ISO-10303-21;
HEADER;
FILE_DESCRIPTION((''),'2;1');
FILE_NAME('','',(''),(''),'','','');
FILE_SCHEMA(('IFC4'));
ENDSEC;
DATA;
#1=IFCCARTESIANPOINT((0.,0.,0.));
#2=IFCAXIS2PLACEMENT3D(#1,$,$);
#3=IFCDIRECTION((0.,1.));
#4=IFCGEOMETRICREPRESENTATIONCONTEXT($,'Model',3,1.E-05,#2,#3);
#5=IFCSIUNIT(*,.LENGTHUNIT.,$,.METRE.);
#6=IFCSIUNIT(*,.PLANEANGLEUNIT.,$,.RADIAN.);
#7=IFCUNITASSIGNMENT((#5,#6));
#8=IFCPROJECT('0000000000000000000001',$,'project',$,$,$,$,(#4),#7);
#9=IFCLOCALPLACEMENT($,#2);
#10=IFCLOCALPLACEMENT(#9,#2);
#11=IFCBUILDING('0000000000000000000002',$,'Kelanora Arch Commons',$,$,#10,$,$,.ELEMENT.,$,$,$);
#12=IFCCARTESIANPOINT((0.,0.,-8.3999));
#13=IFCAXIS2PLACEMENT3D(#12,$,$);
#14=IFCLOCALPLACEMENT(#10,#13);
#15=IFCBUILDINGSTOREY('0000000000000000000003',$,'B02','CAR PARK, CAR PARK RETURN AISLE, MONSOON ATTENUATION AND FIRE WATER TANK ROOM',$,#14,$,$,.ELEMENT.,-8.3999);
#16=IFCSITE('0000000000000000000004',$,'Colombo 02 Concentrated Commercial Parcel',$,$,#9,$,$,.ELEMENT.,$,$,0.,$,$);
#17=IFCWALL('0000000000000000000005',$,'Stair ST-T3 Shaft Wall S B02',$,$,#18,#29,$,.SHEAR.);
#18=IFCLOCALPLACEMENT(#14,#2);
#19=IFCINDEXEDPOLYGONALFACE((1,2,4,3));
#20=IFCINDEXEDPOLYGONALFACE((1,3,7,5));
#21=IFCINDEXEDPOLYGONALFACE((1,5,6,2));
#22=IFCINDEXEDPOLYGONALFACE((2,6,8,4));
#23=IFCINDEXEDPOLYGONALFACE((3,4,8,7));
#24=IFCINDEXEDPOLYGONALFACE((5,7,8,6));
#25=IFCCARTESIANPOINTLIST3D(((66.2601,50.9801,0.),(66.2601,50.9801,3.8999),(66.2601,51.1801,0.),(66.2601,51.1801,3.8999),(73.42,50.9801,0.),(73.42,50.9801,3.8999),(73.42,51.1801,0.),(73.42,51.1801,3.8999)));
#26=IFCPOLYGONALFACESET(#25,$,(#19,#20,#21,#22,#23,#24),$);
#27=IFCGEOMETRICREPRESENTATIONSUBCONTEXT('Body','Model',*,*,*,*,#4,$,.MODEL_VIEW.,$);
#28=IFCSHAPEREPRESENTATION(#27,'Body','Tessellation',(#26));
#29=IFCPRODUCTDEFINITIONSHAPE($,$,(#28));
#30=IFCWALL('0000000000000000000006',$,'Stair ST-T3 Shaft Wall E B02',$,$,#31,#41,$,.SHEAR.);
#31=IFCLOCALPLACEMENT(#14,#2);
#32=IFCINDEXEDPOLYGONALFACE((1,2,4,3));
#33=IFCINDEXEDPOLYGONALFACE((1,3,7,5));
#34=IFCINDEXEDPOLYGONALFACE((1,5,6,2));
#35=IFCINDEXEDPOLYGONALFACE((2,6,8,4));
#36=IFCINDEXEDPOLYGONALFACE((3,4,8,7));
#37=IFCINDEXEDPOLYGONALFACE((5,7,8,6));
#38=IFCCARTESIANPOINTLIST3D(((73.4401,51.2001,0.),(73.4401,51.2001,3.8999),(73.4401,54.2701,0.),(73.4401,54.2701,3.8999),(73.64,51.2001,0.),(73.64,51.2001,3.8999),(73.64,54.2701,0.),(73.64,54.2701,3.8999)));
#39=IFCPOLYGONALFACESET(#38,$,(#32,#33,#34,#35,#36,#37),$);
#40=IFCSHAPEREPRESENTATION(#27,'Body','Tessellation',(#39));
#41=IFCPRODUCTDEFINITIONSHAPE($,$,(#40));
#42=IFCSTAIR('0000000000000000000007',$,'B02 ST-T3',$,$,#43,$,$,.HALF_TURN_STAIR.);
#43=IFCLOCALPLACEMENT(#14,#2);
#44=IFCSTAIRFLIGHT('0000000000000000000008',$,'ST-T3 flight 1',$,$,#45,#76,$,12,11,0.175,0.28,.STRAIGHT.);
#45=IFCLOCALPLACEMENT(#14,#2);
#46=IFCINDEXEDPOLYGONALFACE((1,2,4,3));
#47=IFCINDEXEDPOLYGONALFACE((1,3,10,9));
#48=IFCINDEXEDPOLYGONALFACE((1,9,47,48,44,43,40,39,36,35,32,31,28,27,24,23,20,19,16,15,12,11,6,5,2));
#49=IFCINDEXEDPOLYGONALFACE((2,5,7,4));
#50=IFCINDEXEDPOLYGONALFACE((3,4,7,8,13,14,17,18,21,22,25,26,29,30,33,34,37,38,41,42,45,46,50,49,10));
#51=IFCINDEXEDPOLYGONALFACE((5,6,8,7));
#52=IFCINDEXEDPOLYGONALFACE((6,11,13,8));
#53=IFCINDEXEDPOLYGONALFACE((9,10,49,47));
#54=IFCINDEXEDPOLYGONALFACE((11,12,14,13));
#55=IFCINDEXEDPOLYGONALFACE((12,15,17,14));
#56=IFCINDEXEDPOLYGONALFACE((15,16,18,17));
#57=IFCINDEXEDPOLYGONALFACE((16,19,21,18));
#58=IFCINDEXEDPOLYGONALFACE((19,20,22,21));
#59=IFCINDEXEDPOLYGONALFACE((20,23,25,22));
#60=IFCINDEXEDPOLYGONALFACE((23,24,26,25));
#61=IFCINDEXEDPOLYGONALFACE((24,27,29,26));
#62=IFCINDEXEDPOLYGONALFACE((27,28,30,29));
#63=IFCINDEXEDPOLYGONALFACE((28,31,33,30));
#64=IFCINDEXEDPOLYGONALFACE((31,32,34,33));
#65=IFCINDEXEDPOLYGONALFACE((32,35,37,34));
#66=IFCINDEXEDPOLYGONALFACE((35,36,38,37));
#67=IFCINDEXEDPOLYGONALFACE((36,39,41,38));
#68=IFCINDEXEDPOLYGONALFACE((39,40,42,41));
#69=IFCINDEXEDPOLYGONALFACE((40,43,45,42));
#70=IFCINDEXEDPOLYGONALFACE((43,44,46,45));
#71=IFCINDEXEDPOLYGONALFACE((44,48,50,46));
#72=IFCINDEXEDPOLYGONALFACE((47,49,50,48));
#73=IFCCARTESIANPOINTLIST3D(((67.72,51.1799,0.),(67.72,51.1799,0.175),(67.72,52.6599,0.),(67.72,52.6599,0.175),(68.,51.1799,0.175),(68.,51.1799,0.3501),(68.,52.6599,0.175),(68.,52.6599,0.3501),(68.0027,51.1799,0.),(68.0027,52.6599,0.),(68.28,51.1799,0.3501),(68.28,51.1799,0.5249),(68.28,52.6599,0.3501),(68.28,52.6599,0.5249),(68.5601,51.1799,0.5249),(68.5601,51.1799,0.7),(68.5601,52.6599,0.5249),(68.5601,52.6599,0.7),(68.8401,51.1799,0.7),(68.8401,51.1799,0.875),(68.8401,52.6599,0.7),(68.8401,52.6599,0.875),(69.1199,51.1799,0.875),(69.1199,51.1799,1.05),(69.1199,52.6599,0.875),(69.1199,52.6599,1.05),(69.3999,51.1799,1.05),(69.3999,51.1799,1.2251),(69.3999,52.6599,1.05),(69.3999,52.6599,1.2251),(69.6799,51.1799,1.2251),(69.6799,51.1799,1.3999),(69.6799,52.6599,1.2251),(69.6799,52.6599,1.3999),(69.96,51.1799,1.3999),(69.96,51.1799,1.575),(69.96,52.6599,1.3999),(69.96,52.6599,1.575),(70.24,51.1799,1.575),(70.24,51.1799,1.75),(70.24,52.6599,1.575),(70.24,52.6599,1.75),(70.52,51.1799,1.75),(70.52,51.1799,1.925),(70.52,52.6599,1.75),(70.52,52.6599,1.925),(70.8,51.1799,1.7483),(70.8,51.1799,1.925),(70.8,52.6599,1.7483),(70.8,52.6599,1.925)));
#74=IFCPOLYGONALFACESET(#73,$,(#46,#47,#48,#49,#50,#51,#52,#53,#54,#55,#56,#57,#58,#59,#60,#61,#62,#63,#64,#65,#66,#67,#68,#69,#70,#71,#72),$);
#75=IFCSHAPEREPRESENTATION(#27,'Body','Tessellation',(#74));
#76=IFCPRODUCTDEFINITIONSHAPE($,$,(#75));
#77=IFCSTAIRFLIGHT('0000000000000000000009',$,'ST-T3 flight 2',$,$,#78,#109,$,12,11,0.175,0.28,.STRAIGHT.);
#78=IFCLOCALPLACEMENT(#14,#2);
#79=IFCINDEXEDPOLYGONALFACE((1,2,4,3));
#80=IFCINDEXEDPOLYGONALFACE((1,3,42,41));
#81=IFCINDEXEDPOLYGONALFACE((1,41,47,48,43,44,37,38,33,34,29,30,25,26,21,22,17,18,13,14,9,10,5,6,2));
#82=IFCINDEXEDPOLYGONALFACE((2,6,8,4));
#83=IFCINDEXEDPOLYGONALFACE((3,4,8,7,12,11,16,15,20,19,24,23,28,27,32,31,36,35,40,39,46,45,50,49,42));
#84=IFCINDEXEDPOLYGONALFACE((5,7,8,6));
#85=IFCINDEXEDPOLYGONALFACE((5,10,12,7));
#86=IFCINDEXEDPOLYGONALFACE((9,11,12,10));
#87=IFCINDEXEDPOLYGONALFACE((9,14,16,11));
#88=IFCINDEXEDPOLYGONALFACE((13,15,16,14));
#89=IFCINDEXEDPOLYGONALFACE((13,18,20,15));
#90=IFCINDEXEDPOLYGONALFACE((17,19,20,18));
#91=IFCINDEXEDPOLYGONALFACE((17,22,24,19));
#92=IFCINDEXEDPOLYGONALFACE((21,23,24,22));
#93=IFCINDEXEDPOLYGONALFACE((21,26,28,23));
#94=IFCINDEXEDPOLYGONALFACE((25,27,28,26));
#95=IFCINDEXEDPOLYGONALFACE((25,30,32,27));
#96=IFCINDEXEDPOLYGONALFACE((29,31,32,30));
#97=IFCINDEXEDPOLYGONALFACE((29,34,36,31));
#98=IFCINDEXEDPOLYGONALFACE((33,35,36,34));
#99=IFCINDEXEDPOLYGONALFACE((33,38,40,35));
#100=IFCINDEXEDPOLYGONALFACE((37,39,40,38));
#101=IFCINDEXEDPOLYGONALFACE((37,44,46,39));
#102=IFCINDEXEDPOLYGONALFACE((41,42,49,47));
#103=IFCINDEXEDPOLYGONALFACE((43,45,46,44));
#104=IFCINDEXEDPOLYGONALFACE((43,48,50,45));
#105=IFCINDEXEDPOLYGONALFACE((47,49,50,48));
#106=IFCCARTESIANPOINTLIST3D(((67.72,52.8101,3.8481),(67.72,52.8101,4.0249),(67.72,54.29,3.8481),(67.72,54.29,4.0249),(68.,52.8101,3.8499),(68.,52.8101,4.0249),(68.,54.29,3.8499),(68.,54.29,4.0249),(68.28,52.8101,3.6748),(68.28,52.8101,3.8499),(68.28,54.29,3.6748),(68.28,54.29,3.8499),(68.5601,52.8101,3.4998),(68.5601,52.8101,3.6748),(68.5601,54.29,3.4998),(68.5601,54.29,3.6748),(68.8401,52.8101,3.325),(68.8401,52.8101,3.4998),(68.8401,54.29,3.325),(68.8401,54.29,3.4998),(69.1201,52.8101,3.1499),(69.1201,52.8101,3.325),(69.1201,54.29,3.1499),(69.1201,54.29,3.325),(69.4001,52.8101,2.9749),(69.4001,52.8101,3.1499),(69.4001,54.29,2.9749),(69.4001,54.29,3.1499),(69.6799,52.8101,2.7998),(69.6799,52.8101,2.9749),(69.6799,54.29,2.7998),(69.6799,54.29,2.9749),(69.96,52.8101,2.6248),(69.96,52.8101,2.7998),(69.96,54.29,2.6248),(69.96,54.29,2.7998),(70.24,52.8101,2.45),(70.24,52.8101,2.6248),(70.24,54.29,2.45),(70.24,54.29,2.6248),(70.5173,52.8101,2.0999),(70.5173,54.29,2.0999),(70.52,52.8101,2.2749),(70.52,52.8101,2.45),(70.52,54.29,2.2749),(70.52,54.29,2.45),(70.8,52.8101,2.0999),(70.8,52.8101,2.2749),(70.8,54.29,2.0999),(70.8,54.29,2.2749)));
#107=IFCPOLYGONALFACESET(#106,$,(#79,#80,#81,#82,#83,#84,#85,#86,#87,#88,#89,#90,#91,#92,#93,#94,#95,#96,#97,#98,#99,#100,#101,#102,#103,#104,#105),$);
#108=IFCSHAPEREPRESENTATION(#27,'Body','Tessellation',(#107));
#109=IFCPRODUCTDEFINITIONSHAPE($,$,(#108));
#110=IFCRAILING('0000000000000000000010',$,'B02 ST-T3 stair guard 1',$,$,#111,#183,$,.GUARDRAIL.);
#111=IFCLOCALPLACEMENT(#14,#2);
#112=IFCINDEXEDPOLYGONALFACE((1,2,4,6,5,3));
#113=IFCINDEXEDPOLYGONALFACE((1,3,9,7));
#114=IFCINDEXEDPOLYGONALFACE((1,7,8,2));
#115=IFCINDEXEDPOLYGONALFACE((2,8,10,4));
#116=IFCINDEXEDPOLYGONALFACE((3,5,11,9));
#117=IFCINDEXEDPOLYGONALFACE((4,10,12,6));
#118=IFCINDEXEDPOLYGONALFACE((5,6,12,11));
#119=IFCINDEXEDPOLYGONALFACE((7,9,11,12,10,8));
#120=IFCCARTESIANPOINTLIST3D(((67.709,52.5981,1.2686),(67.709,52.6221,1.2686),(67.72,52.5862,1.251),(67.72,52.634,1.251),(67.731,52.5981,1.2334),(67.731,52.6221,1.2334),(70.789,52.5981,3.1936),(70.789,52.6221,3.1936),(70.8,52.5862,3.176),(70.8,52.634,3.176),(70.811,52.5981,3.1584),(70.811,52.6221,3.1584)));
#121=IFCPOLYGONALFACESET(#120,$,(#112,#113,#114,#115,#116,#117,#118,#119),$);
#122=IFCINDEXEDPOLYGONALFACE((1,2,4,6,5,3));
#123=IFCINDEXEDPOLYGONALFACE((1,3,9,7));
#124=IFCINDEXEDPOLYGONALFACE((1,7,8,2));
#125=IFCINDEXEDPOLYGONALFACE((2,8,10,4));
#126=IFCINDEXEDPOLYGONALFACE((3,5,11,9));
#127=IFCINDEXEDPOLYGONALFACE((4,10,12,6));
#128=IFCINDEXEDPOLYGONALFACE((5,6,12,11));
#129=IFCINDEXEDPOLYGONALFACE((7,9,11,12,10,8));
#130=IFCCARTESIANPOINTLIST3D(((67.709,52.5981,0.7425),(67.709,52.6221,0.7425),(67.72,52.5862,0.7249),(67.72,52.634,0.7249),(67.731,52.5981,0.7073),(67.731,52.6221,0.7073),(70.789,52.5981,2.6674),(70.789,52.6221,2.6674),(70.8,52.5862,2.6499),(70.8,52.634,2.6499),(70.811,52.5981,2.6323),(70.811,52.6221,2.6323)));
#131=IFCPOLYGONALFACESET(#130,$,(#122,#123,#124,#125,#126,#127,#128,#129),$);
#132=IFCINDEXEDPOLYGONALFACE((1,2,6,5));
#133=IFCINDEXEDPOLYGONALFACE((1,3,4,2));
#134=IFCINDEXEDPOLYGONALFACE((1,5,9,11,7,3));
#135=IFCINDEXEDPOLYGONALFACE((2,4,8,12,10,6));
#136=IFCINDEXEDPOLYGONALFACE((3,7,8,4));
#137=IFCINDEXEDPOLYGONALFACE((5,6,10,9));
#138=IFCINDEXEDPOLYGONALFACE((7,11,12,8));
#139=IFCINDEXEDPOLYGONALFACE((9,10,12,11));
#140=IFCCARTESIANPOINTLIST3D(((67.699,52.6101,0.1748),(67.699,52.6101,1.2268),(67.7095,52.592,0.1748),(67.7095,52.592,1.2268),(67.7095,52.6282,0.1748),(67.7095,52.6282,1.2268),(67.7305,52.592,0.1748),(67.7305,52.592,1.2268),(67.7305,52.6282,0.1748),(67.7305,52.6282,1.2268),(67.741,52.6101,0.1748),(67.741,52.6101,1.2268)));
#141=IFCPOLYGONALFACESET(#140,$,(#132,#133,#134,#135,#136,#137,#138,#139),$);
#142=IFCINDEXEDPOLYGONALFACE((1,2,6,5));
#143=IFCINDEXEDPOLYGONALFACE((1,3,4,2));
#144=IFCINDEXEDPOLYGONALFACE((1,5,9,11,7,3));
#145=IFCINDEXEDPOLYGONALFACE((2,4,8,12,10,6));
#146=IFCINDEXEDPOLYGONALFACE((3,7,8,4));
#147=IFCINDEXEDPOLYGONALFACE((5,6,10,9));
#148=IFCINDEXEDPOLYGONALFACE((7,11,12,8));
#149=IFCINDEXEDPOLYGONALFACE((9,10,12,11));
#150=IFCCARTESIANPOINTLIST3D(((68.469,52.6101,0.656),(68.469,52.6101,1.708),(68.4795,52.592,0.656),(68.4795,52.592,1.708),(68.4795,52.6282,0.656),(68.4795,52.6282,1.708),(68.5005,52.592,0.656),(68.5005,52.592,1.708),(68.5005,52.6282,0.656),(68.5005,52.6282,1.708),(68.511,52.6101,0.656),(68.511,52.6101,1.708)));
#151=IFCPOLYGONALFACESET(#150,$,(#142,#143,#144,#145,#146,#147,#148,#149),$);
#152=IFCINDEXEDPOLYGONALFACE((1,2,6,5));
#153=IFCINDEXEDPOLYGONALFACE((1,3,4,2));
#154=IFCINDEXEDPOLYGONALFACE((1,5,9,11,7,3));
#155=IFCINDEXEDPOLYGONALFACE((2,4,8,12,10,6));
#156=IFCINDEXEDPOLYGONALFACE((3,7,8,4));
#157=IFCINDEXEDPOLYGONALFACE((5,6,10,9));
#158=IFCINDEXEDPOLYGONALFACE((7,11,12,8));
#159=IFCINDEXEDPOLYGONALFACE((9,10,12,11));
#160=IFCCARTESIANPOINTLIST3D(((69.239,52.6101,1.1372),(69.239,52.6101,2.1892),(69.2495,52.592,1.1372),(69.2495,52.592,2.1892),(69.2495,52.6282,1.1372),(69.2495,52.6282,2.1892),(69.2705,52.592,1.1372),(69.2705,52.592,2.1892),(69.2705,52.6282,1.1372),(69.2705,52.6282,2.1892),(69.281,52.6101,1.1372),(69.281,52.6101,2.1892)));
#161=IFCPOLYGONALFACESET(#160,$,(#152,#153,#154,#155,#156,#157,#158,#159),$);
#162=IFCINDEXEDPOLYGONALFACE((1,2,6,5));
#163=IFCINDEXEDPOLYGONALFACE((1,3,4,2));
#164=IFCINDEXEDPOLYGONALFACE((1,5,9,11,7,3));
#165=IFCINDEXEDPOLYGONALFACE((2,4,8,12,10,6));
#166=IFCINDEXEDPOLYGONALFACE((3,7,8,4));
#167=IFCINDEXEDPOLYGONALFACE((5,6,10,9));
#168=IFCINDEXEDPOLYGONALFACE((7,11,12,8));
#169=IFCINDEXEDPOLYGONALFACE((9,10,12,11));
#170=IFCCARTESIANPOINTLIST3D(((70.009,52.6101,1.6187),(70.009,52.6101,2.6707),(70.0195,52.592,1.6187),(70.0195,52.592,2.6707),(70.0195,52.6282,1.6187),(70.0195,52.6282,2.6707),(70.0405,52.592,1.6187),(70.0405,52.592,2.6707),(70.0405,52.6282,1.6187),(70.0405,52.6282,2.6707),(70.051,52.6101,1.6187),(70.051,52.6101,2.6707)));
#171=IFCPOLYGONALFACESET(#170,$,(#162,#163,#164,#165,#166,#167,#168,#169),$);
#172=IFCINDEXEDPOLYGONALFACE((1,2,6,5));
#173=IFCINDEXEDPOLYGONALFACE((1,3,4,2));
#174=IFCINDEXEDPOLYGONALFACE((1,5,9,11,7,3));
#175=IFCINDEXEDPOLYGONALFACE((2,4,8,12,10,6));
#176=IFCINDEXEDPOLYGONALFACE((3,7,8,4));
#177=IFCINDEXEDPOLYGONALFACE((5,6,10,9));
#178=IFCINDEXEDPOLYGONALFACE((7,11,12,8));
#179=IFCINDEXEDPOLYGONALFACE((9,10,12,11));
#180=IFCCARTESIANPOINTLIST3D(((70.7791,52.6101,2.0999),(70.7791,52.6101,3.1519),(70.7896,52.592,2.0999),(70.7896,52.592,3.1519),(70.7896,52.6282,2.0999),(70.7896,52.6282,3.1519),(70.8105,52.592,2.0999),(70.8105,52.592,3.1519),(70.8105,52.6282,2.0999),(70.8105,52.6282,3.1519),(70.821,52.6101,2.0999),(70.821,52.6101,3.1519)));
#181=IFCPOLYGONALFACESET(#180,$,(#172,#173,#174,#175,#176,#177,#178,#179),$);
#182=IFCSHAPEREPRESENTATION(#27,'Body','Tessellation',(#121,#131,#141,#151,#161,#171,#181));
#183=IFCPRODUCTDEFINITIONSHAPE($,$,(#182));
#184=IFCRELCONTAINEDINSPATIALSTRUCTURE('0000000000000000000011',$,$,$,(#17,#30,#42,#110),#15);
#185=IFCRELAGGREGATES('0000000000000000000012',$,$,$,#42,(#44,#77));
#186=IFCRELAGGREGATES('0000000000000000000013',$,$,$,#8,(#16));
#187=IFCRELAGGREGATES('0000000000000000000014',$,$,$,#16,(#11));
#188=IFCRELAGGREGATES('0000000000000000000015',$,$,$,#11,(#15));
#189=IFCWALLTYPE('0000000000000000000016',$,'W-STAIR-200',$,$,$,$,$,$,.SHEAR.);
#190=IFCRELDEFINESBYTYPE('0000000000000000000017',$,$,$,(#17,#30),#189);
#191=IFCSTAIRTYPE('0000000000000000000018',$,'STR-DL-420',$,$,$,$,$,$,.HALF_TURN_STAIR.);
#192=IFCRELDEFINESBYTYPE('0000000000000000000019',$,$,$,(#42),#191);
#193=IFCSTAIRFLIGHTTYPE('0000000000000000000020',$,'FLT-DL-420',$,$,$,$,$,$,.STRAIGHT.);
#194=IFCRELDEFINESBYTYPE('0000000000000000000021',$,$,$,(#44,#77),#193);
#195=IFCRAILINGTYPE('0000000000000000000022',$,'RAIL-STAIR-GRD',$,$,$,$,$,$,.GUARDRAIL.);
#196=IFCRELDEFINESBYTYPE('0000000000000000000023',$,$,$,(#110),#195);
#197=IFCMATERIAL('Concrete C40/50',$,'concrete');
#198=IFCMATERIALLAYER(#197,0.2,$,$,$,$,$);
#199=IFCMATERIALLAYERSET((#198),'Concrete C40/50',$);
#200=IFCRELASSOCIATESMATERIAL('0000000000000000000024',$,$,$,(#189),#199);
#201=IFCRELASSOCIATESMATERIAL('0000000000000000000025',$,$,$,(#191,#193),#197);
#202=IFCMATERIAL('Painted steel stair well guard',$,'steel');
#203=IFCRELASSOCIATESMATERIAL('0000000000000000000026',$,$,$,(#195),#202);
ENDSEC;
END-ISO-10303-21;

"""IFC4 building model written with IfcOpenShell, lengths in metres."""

from ifc_helpers import new_model, si_unit, direction, frame, frame_2d, origin, place, context, subcontext, project, spatial, polyline, rectangle, outline, extrude, material, layer, layer_set, type_object, element, aggregate, save


model = new_model("IFC4")

# Units and contexts
model_context = context("Model", 3, precision=1e-05, world=origin(), true_north=direction((0.0, 1.0)))
body_context = subcontext(model_context, "Body", "Model", "MODEL_VIEW")
ifc_project = project(units=[si_unit("LENGTHUNIT", "METRE"), si_unit("PLANEANGLEUNIT", "RADIAN")], contexts=[model_context])

# Site, building, storey
site_placement = place(None, origin())
site = spatial("IfcSite", under=ifc_project, at=site_placement, Name="Colombo 02 Concentrated Commercial Parcel", CompositionType="ELEMENT", RefElevation=0.0)
building_placement = place(site_placement, origin())
building = spatial("IfcBuilding", under=site, at=building_placement, Name="Kelanora Arch Commons", CompositionType="ELEMENT")
storey_placement = place(building_placement, frame((0.0, 0.0, -8.3999)))
storey = spatial("IfcBuildingStorey", under=building, at=storey_placement, Name="B02", Description="CAR PARK, CAR PARK RETURN AISLE, MONSOON ATTENUATION AND FIRE WATER TANK ROOM", CompositionType="ELEMENT", Elevation=-8.3999)

# Shared definitions
ifc_material_1 = material(Name="Concrete C40/50", Category="concrete")
ifc_layer = layer(ifc_material_1, 0.2)
ifc_layer_set = layer_set([ifc_layer], Name="Concrete C40/50")
wall_type = type_object("IfcWallType", Name="W-STAIR-200", PredefinedType="SHEAR", material=ifc_layer_set)

# Walls
wall_1_placement = place(storey_placement, frame((66.26, 51.0801, 0.0), z_axis=(0.0, 0.0, 1.0), x_axis=(1.0, 0.0, 0.0)))
element("IfcWall", 1, at=wall_1_placement, inside=storey, type_object=wall_type, Name="Stair ST-T3 Shaft Wall S B02", PredefinedType="SHEAR", context=body_context, shape_type="SweptSolid", body=[
    extrude(rectangle(XDim=7.1599, YDim=0.2, at=frame_2d((3.5801, 0.0))), origin(), (0.0, 0.0, 1.0), 3.8999),
])
wall_2_placement = place(storey_placement, frame((73.54, 51.2, 0.0), z_axis=(0.0, 0.0, 1.0), x_axis=(0.0, 1.0, 0.0)))
element("IfcWall", 2, at=wall_2_placement, inside=storey, type_object=wall_type, Name="Stair ST-T3 Shaft Wall E B02", PredefinedType="SHEAR", context=body_context, shape_type="SweptSolid", body=[
    extrude(rectangle(XDim=3.0701, YDim=0.2, at=frame_2d((1.5352, 0.0))), origin(), (0.0, 0.0, 1.0), 3.8999),
])

# Stair, stair flights
stair_type = type_object("IfcStairType", Name="STR-DL-420", PredefinedType="HALF_TURN_STAIR", material=ifc_material_1)
stair_placement = place(storey_placement, origin())
stair = element("IfcStair", 3, at=stair_placement, inside=storey, type_object=stair_type, Name="B02 ST-T3", PredefinedType="HALF_TURN_STAIR")
stair_flight_type = type_object("IfcStairFlightType", Name="FLT-DL-420", PredefinedType="STRAIGHT", material=ifc_material_1)
stair_flight_1_placement = place(storey_placement, frame((67.72, 51.9199, 0.0), z_axis=(0.0, 0.0, 1.0), x_axis=(1.0, 0.0, 0.0)))
stair_flight_1 = element("IfcStairFlight", 4, at=stair_flight_1_placement, type_object=stair_flight_type, Name="ST-T3 flight 1", NumberOfRisers=12, NumberOfTreads=11, PredefinedType="STRAIGHT", RiserHeight=0.175, TreadLength=0.28, context=body_context, shape_type="SweptSolid", body=[
    extrude(outline(polyline([(0.0, 0.0), (0.0, 0.175), (0.28, 0.175), (0.28, 0.3501), (0.5601, 0.3501), (0.5601, 0.5249), (0.8401, 0.5249), (0.8401, 0.7), (1.1201, 0.7), (1.1201, 0.875), (1.3999, 0.875), (1.3999, 1.05), (1.6799, 1.05), (1.6799, 1.2251), (1.96, 1.2251), (1.96, 1.3999), (2.24, 1.3999), (2.24, 1.575), (2.52, 1.575), (2.52, 1.75), (2.8, 1.75), (2.8, 1.925), (3.0801, 1.925), (3.0801, 2.1001), (3.0801, 1.7483), (0.2827, 0.0), (0.0, 0.0)])), frame((0.0, 0.74, 0.0), z_axis=(0.0, -1.0, 0.0), x_axis=(1.0, 0.0, 0.0)), (0.0, 0.0, 1.0), 1.48),
])
stair_flight_2_placement = place(storey_placement, frame((70.8, 53.55, 2.0999), z_axis=(0.0, 0.0, 1.0), x_axis=(-1.0, 0.0, 0.0)))
stair_flight_2 = element("IfcStairFlight", 5, at=stair_flight_2_placement, type_object=stair_flight_type, Name="ST-T3 flight 2", NumberOfRisers=12, NumberOfTreads=11, PredefinedType="STRAIGHT", RiserHeight=0.175, TreadLength=0.28, context=body_context, shape_type="SweptSolid", body=[
    extrude(outline(polyline([(0.0, 0.0), (0.0, 0.175), (0.28, 0.175), (0.28, 0.3501), (0.5601, 0.3501), (0.5601, 0.5249), (0.8401, 0.5249), (0.8401, 0.7), (1.1201, 0.7), (1.1201, 0.875), (1.3999, 0.875), (1.3999, 1.05), (1.6799, 1.05), (1.6799, 1.2251), (1.96, 1.2251), (1.96, 1.3999), (2.24, 1.3999), (2.24, 1.575), (2.52, 1.575), (2.52, 1.75), (2.8, 1.75), (2.8, 1.925), (3.0801, 1.925), (3.0801, 2.1001), (3.0801, 1.7483), (0.2827, 0.0), (0.0, 0.0)])), frame((0.0, 0.74, 0.0), z_axis=(0.0, -1.0, 0.0), x_axis=(1.0, 0.0, 0.0)), (0.0, 0.0, 1.0), 1.48),
])
aggregate(stair, [stair_flight_1, stair_flight_2])

# Railing
ifc_material_2 = material(Name="Painted steel stair well guard", Category="steel")
railing_type_1 = type_object("IfcRailingType", Name="RAIL-STAIR-GRD", PredefinedType="GUARDRAIL", material=ifc_material_2)
railing_1_placement = place(storey_placement, frame((67.72, 52.6101, 0.1748)))
element("IfcRailing", 6, at=railing_1_placement, inside=storey, type_object=railing_type_1, Name="B02 ST-T3 stair guard 1", PredefinedType="GUARDRAIL", context=body_context, shape_type="SweptSolid", body=[
    extrude(outline(polyline([(0.0239, 0.0), (0.012, 0.0208), (-0.012, 0.0208), (-0.0239, 0.0), (-0.012, -0.0208), (0.012, -0.0208), (0.0239, 0.0)])), frame((0.0, 0.0, 1.0762), z_axis=(0.847998, 0.0, 0.529999), x_axis=(0.0, 1.0, 0.0)), (0.0, 0.0, 1.0), 3.6321),
    extrude(outline(polyline([(0.0239, 0.0), (0.012, 0.0208), (-0.012, 0.0208), (-0.0239, 0.0), (-0.012, -0.0208), (0.012, -0.0208), (0.0239, 0.0)])), frame((0.0, 0.0, 0.55), z_axis=(0.847998, 0.0, 0.529999), x_axis=(0.0, 1.0, 0.0)), (0.0, 0.0, 1.0), 3.6321),
    extrude(outline(polyline([(0.021, 0.0), (0.0105, 0.0181), (-0.0105, 0.0181), (-0.021, 0.0), (-0.0105, -0.0181), (0.0105, -0.0181), (0.021, 0.0)])), origin(), (0.0, 0.0, 1.0), 1.052),
    extrude(outline(polyline([(0.021, 0.0), (0.0105, 0.0181), (-0.0105, 0.0181), (-0.021, 0.0), (-0.0105, -0.0181), (0.0105, -0.0181), (0.021, 0.0)])), frame((0.77, 0.0, 0.4812)), (0.0, 0.0, 1.0), 1.052),
    extrude(outline(polyline([(0.021, 0.0), (0.0105, 0.0181), (-0.0105, 0.0181), (-0.021, 0.0), (-0.0105, -0.0181), (0.0105, -0.0181), (0.021, 0.0)])), frame((1.54, 0.0, 0.9624)), (0.0, 0.0, 1.0), 1.052),
    extrude(outline(polyline([(0.021, 0.0), (0.0105, 0.0181), (-0.0105, 0.0181), (-0.021, 0.0), (-0.0105, -0.0181), (0.0105, -0.0181), (0.021, 0.0)])), frame((2.3101, 0.0, 1.4438)), (0.0, 0.0, 1.0), 1.052),
    extrude(outline(polyline([(0.021, 0.0), (0.0105, 0.0181), (-0.0105, 0.0181), (-0.021, 0.0), (-0.0105, -0.0181), (0.0105, -0.0181), (0.021, 0.0)])), frame((3.0801, 0.0, 1.925)), (0.0, 0.0, 1.0), 1.052),
])

save(model, "model.ifc")
